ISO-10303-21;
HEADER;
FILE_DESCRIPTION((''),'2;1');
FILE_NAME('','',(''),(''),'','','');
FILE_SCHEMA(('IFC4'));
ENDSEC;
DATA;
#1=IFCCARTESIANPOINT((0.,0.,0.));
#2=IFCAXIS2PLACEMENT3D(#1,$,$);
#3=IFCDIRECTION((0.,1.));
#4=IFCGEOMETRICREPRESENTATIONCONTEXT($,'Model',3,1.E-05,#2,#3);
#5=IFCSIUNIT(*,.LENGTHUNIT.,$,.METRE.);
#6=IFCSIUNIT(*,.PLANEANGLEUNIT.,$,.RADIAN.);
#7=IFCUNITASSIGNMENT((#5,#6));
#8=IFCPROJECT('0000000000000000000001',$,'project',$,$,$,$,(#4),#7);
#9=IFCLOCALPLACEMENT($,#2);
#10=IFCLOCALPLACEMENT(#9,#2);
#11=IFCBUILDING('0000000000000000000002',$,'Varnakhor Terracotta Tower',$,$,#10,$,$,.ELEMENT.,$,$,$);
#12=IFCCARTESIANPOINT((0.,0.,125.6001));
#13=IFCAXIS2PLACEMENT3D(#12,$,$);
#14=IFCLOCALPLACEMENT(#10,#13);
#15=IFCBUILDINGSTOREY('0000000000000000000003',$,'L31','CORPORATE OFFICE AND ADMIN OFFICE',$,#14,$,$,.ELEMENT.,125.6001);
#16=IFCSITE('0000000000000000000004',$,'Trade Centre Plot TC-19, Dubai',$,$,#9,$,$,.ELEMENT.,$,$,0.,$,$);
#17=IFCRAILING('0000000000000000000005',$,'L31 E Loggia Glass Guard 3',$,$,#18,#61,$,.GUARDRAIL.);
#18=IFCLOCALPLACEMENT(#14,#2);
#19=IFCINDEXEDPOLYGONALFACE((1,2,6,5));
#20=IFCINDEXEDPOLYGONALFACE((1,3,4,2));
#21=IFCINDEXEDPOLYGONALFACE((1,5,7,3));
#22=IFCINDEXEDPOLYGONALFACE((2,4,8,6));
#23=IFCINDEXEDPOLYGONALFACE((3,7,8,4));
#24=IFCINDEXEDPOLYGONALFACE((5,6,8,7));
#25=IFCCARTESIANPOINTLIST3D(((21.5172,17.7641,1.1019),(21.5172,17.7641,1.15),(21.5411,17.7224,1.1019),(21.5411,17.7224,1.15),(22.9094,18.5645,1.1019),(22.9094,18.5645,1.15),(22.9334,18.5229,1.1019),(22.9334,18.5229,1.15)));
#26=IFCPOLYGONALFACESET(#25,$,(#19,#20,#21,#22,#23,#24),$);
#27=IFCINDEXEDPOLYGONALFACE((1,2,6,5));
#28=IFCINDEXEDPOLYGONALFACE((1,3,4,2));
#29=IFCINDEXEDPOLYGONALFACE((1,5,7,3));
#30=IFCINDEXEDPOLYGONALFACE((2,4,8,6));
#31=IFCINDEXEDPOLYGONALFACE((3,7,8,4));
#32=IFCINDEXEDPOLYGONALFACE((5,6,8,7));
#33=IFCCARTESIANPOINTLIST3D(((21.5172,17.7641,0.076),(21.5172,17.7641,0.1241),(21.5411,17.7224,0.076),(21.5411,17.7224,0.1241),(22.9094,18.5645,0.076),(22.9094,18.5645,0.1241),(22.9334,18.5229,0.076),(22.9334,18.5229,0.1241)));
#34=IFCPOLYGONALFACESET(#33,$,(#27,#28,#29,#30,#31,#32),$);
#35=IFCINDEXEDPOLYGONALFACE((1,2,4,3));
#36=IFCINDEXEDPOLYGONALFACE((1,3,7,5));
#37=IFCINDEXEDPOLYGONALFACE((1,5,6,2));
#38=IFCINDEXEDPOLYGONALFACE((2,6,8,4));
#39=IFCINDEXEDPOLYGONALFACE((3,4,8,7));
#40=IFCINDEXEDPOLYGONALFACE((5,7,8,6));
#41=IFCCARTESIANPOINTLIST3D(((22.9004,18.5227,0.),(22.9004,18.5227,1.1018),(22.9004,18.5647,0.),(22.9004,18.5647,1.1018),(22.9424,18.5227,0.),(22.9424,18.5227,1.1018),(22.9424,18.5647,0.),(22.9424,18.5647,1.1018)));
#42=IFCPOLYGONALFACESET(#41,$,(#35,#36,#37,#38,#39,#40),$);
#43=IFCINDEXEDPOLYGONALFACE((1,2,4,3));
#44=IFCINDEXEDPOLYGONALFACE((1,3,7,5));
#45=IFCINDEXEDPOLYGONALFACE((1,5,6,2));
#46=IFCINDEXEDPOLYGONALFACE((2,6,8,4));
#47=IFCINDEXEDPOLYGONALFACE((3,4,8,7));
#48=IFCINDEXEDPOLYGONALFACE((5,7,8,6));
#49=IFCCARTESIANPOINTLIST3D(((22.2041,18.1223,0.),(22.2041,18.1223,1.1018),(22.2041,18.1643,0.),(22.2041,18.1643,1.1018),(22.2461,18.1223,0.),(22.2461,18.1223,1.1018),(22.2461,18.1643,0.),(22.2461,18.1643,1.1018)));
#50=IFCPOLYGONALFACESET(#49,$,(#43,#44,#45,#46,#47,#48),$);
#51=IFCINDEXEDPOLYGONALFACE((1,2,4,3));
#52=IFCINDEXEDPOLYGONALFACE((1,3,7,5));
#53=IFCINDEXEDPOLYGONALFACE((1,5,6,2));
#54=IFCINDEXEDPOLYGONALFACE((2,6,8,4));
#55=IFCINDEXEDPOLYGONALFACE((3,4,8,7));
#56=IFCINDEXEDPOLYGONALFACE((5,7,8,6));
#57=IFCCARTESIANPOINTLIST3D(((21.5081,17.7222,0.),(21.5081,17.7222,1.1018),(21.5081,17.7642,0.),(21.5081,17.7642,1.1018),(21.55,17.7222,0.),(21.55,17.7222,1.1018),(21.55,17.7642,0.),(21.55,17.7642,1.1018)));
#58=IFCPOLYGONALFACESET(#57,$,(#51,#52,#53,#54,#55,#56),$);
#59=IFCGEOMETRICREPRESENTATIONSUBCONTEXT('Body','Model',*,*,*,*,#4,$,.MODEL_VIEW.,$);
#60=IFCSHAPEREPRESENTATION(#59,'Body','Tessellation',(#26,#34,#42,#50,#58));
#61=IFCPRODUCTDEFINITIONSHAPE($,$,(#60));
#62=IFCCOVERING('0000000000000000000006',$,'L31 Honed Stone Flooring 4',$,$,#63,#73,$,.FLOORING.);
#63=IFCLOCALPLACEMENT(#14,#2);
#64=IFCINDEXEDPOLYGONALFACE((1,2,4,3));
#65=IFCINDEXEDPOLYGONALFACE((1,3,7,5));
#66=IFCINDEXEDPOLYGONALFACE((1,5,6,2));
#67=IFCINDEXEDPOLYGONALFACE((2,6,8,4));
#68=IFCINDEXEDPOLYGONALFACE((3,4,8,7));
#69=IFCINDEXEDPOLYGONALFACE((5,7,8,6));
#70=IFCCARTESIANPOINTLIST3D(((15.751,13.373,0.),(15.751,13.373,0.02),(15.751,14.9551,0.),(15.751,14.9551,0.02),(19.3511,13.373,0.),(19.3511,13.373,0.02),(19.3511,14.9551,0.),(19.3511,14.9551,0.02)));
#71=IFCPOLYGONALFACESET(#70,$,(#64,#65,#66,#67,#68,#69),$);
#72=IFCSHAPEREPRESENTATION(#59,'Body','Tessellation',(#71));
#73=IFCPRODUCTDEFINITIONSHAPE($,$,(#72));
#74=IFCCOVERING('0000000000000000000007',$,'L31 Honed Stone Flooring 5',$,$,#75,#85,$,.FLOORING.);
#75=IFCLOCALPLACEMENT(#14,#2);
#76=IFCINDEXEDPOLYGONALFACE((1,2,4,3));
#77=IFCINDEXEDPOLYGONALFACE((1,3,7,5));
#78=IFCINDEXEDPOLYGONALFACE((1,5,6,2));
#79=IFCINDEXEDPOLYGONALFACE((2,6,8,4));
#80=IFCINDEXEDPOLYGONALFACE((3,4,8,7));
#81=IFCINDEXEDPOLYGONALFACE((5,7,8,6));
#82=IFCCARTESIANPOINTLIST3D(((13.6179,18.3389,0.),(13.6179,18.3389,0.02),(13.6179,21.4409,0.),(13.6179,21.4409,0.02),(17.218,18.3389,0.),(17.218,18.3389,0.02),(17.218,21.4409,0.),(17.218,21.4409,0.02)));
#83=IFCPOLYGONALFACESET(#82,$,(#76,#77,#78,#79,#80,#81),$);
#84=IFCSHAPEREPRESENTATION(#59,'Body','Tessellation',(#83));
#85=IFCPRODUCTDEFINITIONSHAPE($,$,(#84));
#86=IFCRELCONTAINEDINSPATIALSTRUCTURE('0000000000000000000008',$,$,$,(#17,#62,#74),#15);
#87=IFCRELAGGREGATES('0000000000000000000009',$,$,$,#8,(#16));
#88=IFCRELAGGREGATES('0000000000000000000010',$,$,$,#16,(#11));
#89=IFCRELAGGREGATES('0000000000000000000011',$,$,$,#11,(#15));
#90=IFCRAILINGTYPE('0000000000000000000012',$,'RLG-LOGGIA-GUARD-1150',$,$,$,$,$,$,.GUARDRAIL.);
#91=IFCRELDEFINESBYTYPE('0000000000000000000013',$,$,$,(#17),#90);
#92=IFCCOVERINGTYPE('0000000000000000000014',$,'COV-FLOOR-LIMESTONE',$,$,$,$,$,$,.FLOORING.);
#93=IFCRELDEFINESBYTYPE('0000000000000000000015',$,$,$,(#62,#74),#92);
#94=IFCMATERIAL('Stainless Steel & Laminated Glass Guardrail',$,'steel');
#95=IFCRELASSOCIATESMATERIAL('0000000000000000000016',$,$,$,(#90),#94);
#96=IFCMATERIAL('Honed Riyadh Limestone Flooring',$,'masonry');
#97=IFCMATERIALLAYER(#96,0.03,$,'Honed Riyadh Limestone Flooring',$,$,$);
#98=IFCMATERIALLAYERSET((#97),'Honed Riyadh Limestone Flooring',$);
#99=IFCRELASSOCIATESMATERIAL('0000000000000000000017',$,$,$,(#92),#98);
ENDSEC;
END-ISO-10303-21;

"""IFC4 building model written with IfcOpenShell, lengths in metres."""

from ifc_helpers import new_model, si_unit, direction, frame, origin, origin_2d, place, context, subcontext, project, spatial, rectangle, extrude, source, transform, mapped, material, layer, layer_set, type_object, element, save


model = new_model("IFC4")

# Units and contexts
model_context = context("Model", 3, precision=1e-05, world=origin(), true_north=direction((0.0, 1.0)))
body_context = subcontext(model_context, "Body", "Model", "MODEL_VIEW")
ifc_project = project(units=[si_unit("LENGTHUNIT", "METRE"), si_unit("PLANEANGLEUNIT", "RADIAN")], contexts=[model_context])

# Site, building, storey
site_placement = place(None, origin())
site = spatial("IfcSite", under=ifc_project, at=site_placement, Name="Trade Centre Plot TC-19, Dubai", CompositionType="ELEMENT", RefElevation=0.0)
building_placement = place(site_placement, origin())
building = spatial("IfcBuilding", under=site, at=building_placement, Name="Varnakhor Terracotta Tower", CompositionType="ELEMENT")
storey_placement = place(building_placement, frame((0.0, 0.0, 125.6001)))
storey = spatial("IfcBuildingStorey", under=building, at=storey_placement, Name="L31", Description="CORPORATE OFFICE AND ADMIN OFFICE", CompositionType="ELEMENT", Elevation=125.6001)

# Railing
ifc_material_1 = material(Name="Stainless Steel & Laminated Glass Guardrail", Category="steel")
railing_type = type_object("IfcRailingType", Name="RLG-LOGGIA-GUARD-1150", PredefinedType="GUARDRAIL", material=ifc_material_1)
railing_placement = place(storey_placement, frame((22.9214, 18.5437, 0.0)))
element("IfcRailing", 1, at=railing_placement, inside=storey, type_object=railing_type, Name="L31 E Loggia Glass Guard 3", PredefinedType="GUARDRAIL", context=body_context, shape_type="SweptSolid", body=[
    extrude(rectangle(XDim=0.0481, YDim=0.0481, at=origin_2d()), frame((0.0, 0.0, 1.126), z_axis=(-0.866921, -0.498445, 0.0), x_axis=(0.498445, -0.866921, 0.0)), (0.0, 0.0, 1.0), 1.606),
    extrude(rectangle(XDim=0.0481, YDim=0.0481, at=origin_2d()), frame((0.0, 0.0, 0.1001), z_axis=(-0.866921, -0.498445, 0.0), x_axis=(0.498445, -0.866921, 0.0)), (0.0, 0.0, 1.0), 1.606),
    extrude(rectangle(XDim=0.042, YDim=0.042, at=origin_2d()), origin(), (0.0, 0.0, 1.0), 1.1018),
    extrude(rectangle(XDim=0.042, YDim=0.042, at=origin_2d()), frame((-0.6963, -0.4004, 0.0)), (0.0, 0.0, 1.0), 1.1018),
    extrude(rectangle(XDim=0.042, YDim=0.042, at=origin_2d()), frame((-1.3923, -0.8005, 0.0)), (0.0, 0.0, 1.0), 1.1018),
])

# Coverings
ifc_material_2 = material(Name="Honed Riyadh Limestone Flooring", Category="masonry")
ifc_layer_1 = layer(ifc_material_2, 0.03, Name="Honed Riyadh Limestone Flooring")
ifc_layer_set_1 = layer_set([ifc_layer_1], Name="Honed Riyadh Limestone Flooring")
covering_type = type_object("IfcCoveringType", Name="COV-FLOOR-LIMESTONE", PredefinedType="FLOORING", material=ifc_layer_set_1)
shared_shape_1 = source(origin(), body_context, "Body", "SweptSolid", [
    extrude(rectangle(XDim=3.6001, YDim=1.582, at=origin_2d()), origin(), (0.0, 0.0, 1.0), 0.02),
])
covering_1_placement = place(storey_placement, frame((17.551, 14.1641, 0.0), z_axis=(0.0, 0.0, 1.0), x_axis=(1.0, 0.0, 0.0)))
element("IfcCovering", 2, at=covering_1_placement, inside=storey, type_object=covering_type, Name="L31 Honed Stone Flooring 4", PredefinedType="FLOORING", context=body_context, shape_type="MappedRepresentation", body=[
    mapped(shared_shape_1, transform((0.0, 0.0, 0.0), scale=1.0)),
])
shared_shape_2 = source(origin(), body_context, "Body", "SweptSolid", [
    extrude(rectangle(XDim=3.6001, YDim=3.1021, at=origin_2d()), origin(), (0.0, 0.0, 1.0), 0.02),
])
covering_2_placement = place(storey_placement, frame((15.418, 19.8899, 0.0), z_axis=(0.0, 0.0, 1.0), x_axis=(1.0, 0.0, 0.0)))
element("IfcCovering", 3, at=covering_2_placement, inside=storey, type_object=covering_type, Name="L31 Honed Stone Flooring 5", PredefinedType="FLOORING", context=body_context, shape_type="MappedRepresentation", body=[
    mapped(shared_shape_2, transform((0.0, 0.0, 0.0), scale=1.0)),
])

save(model, "model.ifc")
